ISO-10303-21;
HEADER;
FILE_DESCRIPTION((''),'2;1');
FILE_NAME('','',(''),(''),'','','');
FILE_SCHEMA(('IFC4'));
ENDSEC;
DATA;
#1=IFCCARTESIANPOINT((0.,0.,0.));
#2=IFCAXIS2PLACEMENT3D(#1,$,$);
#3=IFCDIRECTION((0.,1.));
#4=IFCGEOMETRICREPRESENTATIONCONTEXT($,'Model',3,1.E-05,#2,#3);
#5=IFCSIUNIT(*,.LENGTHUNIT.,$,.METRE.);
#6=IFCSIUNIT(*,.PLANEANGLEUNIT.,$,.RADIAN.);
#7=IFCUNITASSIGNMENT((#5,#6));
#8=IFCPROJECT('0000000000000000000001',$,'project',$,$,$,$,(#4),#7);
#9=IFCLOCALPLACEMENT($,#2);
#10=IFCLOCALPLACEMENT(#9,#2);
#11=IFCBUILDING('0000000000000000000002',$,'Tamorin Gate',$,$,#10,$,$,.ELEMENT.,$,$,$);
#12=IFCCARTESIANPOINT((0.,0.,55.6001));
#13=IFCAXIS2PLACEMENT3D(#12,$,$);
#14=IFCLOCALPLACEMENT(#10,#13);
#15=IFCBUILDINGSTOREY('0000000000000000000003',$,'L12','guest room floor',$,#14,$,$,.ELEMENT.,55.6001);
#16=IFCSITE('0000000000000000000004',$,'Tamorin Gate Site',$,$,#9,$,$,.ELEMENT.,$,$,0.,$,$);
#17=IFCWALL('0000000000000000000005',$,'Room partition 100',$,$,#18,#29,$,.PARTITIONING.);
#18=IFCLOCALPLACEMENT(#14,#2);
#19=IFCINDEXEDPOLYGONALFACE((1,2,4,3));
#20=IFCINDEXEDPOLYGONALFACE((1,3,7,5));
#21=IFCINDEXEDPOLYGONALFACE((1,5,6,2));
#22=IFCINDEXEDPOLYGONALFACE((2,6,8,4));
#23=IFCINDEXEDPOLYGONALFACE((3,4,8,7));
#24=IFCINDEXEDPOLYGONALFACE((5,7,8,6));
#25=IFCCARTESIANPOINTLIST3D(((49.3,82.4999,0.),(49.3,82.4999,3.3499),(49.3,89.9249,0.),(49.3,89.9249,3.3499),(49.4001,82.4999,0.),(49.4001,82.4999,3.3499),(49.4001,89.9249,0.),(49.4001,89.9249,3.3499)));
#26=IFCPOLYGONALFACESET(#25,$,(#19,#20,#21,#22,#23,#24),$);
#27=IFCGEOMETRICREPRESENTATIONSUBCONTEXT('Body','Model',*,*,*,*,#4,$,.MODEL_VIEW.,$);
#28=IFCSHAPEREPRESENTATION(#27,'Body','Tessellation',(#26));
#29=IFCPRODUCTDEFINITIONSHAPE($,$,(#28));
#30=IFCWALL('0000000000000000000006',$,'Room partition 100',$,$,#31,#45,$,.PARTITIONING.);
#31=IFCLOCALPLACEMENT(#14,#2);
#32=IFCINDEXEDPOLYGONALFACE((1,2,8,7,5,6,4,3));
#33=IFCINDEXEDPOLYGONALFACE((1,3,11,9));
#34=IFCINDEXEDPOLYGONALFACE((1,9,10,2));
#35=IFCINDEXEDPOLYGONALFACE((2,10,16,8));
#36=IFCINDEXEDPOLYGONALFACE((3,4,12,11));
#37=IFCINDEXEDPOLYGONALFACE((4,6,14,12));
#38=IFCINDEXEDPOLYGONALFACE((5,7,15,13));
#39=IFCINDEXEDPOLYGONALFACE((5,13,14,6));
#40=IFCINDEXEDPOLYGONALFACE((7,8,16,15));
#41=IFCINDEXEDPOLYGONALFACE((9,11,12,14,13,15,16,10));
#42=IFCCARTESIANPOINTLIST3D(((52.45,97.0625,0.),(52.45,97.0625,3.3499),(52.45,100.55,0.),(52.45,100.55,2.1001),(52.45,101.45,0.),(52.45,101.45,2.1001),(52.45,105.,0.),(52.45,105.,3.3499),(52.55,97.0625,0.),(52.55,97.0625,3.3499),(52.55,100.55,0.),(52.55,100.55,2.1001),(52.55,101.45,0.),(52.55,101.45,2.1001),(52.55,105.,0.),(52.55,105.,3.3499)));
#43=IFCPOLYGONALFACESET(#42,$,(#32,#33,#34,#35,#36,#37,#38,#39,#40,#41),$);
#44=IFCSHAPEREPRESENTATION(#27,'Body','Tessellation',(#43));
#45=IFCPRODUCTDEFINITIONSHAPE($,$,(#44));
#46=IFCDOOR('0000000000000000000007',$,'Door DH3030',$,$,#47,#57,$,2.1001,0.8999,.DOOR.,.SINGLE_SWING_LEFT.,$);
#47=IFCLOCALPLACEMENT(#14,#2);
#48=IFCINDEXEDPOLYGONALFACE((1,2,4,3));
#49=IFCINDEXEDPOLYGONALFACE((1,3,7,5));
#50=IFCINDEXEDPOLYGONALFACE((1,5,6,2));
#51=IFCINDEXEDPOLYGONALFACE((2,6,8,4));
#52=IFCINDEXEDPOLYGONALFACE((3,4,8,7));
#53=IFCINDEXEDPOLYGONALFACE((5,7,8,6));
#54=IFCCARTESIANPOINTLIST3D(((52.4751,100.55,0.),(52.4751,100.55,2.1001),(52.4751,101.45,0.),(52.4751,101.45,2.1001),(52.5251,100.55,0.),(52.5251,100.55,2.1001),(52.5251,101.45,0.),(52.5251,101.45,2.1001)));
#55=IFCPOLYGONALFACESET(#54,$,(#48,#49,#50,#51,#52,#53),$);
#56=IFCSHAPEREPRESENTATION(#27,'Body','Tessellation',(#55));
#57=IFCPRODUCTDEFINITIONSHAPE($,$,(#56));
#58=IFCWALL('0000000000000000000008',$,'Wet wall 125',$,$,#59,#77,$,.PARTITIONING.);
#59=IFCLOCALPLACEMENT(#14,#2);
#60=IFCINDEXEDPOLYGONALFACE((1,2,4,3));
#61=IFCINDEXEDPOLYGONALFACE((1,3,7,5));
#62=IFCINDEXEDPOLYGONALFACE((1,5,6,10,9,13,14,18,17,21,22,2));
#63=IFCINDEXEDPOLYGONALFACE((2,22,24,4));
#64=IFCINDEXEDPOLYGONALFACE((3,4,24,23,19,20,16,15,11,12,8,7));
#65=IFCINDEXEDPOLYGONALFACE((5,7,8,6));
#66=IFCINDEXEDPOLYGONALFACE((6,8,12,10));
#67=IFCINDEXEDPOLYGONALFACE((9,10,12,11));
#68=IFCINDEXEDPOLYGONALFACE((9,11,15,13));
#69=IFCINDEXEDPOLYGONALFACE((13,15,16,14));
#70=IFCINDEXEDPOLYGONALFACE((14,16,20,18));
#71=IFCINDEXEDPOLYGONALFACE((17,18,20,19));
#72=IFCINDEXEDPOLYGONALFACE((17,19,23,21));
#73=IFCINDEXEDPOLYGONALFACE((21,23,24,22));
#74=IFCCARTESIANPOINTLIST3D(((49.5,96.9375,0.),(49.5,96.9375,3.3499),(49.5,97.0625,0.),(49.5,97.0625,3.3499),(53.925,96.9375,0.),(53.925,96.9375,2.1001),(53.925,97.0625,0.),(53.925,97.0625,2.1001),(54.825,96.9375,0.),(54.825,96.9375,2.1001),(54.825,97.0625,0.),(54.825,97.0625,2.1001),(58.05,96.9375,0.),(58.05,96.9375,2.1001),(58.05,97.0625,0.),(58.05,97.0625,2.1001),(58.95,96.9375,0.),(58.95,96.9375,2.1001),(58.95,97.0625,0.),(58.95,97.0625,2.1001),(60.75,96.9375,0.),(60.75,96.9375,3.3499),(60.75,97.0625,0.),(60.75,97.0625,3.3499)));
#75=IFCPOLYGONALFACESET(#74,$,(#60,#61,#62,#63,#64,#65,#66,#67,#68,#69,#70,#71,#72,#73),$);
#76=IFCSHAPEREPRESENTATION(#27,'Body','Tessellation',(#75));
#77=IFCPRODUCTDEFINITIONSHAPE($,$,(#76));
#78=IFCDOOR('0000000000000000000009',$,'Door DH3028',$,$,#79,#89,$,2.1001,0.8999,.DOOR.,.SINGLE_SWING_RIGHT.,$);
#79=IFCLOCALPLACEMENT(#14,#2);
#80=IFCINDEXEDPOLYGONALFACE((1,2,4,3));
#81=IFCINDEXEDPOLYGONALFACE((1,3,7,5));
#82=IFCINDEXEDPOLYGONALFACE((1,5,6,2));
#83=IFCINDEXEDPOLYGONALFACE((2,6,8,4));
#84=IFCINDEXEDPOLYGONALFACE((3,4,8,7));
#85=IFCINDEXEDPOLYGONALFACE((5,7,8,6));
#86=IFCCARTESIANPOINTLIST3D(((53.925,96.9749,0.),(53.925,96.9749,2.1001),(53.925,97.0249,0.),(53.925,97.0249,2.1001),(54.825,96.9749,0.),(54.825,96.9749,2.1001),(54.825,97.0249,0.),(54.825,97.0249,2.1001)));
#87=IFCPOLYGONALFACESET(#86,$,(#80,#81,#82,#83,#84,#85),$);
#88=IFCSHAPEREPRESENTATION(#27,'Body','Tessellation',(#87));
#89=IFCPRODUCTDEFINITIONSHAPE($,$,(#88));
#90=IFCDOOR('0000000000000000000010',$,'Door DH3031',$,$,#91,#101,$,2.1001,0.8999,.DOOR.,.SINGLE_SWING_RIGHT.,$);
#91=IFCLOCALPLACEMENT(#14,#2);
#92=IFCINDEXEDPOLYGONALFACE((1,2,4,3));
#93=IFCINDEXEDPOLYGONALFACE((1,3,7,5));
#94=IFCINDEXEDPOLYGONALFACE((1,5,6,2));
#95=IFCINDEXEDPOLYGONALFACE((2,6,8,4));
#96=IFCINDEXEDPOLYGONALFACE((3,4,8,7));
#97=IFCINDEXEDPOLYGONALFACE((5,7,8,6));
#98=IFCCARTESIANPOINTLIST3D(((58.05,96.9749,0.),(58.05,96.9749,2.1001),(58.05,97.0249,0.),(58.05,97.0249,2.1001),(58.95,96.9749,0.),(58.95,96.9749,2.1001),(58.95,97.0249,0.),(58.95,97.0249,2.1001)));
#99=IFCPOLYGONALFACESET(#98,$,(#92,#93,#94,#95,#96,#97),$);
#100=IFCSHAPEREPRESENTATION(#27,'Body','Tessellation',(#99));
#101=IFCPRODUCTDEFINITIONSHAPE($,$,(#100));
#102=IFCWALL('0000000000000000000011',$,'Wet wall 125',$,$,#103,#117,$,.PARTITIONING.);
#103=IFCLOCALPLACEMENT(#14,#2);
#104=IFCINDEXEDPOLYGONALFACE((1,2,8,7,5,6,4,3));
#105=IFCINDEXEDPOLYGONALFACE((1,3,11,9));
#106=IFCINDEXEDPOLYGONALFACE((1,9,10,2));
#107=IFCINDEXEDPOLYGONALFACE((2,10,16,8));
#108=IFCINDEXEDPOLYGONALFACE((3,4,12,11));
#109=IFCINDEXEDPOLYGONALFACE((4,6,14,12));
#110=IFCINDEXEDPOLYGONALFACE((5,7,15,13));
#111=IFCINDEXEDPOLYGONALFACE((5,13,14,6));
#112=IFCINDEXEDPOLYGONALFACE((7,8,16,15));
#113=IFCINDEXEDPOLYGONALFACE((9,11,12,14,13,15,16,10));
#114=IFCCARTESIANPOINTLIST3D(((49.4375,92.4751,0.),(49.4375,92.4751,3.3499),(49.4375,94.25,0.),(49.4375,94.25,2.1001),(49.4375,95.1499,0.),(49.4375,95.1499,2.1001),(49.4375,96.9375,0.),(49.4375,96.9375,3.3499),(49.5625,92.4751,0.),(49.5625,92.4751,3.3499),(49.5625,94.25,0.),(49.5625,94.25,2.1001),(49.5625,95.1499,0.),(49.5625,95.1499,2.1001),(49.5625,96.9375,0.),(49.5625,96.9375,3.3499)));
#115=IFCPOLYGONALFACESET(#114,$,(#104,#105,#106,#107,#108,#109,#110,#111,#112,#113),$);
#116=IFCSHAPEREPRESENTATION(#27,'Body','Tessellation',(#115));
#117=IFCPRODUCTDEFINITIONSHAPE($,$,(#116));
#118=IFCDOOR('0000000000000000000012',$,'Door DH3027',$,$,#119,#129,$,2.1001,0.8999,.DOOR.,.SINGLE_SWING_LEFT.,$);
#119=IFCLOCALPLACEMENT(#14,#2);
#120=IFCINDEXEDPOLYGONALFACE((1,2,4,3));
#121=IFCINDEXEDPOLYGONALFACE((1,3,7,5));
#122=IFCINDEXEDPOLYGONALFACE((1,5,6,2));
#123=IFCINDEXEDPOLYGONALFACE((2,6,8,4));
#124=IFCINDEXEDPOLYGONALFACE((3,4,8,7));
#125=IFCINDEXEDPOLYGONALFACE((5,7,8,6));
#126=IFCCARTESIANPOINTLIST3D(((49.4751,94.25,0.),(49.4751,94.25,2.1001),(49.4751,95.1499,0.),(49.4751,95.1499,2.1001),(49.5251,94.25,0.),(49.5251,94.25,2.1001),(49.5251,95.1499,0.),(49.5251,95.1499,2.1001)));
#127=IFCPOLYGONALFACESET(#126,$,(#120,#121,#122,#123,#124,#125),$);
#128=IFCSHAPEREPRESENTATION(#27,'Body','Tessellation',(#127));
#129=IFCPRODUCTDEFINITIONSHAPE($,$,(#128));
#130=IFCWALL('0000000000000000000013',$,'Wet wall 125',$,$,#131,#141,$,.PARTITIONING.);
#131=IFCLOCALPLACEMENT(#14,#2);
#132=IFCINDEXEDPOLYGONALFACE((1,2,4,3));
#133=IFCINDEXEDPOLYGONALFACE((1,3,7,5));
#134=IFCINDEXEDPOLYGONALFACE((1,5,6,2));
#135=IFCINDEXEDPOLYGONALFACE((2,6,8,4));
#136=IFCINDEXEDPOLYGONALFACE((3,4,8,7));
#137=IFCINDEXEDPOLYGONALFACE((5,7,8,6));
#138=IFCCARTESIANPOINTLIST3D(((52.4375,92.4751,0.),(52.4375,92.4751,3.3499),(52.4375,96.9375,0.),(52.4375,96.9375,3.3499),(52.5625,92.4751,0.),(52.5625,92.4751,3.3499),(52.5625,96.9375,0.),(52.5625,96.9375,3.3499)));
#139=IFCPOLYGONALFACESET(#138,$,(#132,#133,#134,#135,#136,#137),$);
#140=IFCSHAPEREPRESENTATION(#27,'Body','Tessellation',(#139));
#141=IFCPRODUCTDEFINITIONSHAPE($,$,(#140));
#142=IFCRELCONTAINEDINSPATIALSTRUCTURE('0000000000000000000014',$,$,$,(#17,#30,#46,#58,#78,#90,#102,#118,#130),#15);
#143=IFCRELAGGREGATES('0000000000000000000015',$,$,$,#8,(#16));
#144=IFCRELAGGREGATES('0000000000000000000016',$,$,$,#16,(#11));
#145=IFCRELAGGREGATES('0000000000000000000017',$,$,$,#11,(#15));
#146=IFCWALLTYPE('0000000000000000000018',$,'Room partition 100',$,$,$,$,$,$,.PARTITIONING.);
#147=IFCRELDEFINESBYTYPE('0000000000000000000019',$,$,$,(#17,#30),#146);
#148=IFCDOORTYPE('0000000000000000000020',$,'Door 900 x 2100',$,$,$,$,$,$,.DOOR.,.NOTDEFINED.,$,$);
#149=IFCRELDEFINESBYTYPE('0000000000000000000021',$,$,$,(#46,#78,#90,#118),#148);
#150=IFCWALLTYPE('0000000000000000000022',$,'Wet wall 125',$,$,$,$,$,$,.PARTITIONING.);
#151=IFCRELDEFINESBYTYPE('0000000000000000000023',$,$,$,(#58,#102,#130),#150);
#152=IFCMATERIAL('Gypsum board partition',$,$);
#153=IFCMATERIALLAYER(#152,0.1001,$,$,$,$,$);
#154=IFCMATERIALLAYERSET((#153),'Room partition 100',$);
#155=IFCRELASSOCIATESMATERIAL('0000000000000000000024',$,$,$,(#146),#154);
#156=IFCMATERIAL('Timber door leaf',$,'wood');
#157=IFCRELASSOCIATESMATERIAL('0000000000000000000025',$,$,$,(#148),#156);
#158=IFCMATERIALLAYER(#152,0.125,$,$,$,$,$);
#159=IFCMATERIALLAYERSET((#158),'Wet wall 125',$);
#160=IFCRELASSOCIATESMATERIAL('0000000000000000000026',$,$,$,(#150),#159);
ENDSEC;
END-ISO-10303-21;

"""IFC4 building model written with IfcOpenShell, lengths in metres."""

from ifc_helpers import new_model, si_unit, direction, frame, frame_2d, origin, place, context, subcontext, project, spatial, rectangle, extrude, material, layer, layer_set, type_object, element, fill, save


model = new_model("IFC4")

# Units and contexts
model_context = context("Model", 3, precision=1e-05, world=origin(), true_north=direction((0.0, 1.0)))
body_context = subcontext(model_context, "Body", "Model", "MODEL_VIEW")
ifc_project = project(units=[si_unit("LENGTHUNIT", "METRE"), si_unit("PLANEANGLEUNIT", "RADIAN")], contexts=[model_context])

# Site, building, storey
site_placement = place(None, origin())
site = spatial("IfcSite", under=ifc_project, at=site_placement, Name="Tamorin Gate Site", CompositionType="ELEMENT", RefElevation=0.0)
building_placement = place(site_placement, origin())
building = spatial("IfcBuilding", under=site, at=building_placement, Name="Tamorin Gate", CompositionType="ELEMENT")
storey_placement = place(building_placement, frame((0.0, 0.0, 55.6001)))
storey = spatial("IfcBuildingStorey", under=building, at=storey_placement, Name="L12", Description="guest room floor", CompositionType="ELEMENT", Elevation=55.6001)

# Wall
ifc_material_1 = material(Name="Gypsum board partition")
ifc_layer_1 = layer(ifc_material_1, 0.1001)
ifc_layer_set_1 = layer_set([ifc_layer_1], Name="Room partition 100")
wall_type_1 = type_object("IfcWallType", Name="Room partition 100", PredefinedType="PARTITIONING", material=ifc_layer_set_1)
wall_1_placement = place(storey_placement, frame((49.3501, 82.5, 0.0), z_axis=(0.0, 0.0, 1.0), x_axis=(0.0, 1.0, 0.0)))
element("IfcWall", 1, at=wall_1_placement, inside=storey, type_object=wall_type_1, Name="Room partition 100", PredefinedType="PARTITIONING", context=body_context, shape_type="SweptSolid", body=[
    extrude(rectangle(XDim=7.425, YDim=0.1001, at=frame_2d((3.7124, 0.0))), origin(), (0.0, 0.0, 1.0), 3.3499),
])

# Wall, opening, door
wall_2_placement = place(storey_placement, frame((52.5, 97.0625, 0.0), z_axis=(0.0, 0.0, 1.0), x_axis=(0.0, 1.0, 0.0)))
wall_2 = element("IfcWall", 2, at=wall_2_placement, inside=storey, type_object=wall_type_1, Name="Room partition 100", PredefinedType="PARTITIONING", context=body_context, shape_type="SweptSolid", body=[
    extrude(rectangle(XDim=7.9375, YDim=0.1001, at=frame_2d((3.9688, 0.0))), origin(), (0.0, 0.0, 1.0), 3.3499),
])
opening_1_placement = place(wall_2_placement, frame((3.4875, 0.0, 0.0)))
opening_1 = element("IfcOpeningElement", 3, at=opening_1_placement, cuts=wall_2, PredefinedType="OPENING", context=body_context, shape_type="SweptSolid", body=[
    extrude(rectangle(XDim=0.8999, YDim=2.1001, at=frame_2d((0.45, 1.05))), frame((0.0, 0.0601, 0.0), z_axis=(0.0, -1.0, 0.0), x_axis=(1.0, 0.0, 0.0)), (0.0, 0.0, 1.0), 0.1201),
])
ifc_material_2 = material(Name="Timber door leaf", Category="wood")
door_type = type_object("IfcDoorType", Name="Door 900 x 2100", OperationType="NOTDEFINED", PredefinedType="DOOR", material=ifc_material_2)
door_1_placement = place(opening_1_placement, origin())
door_1 = element("IfcDoor", 4, at=door_1_placement, inside=storey, type_object=door_type, Name="Door DH3030", OperationType="SINGLE_SWING_LEFT", OverallHeight=2.1001, OverallWidth=0.8999, PredefinedType="DOOR", context=body_context, shape_type="SweptSolid", body=[
    extrude(rectangle(XDim=0.8999, YDim=2.1001, at=frame_2d((0.45, 1.05))), frame((0.0, 0.0249, 0.0), z_axis=(0.0, -1.0, 0.0), x_axis=(1.0, 0.0, 0.0)), (0.0, 0.0, 1.0), 0.05),
])
fill(opening_1, door_1)

# Wall, openings, doors
ifc_layer_2 = layer(ifc_material_1, 0.125)
ifc_layer_set_2 = layer_set([ifc_layer_2], Name="Wet wall 125")
wall_type_2 = type_object("IfcWallType", Name="Wet wall 125", PredefinedType="PARTITIONING", material=ifc_layer_set_2)
wall_3_placement = place(storey_placement, frame((49.5, 97.0, 0.0), z_axis=(0.0, 0.0, 1.0), x_axis=(1.0, 0.0, 0.0)))
wall_3 = element("IfcWall", 5, at=wall_3_placement, inside=storey, type_object=wall_type_2, Name="Wet wall 125", PredefinedType="PARTITIONING", context=body_context, shape_type="SweptSolid", body=[
    extrude(rectangle(XDim=11.25, YDim=0.125, at=frame_2d((5.625, 0.0))), origin(), (0.0, 0.0, 1.0), 3.3499),
])
opening_2_placement = place(wall_3_placement, frame((4.425, 0.0, 0.0)))
opening_2 = element("IfcOpeningElement", 6, at=opening_2_placement, cuts=wall_3, PredefinedType="OPENING", context=body_context, shape_type="SweptSolid", body=[
    extrude(rectangle(XDim=0.8999, YDim=2.1001, at=frame_2d((0.45, 1.05))), frame((0.0, 0.0725, 0.0), z_axis=(0.0, -1.0, 0.0), x_axis=(1.0, 0.0, 0.0)), (0.0, 0.0, 1.0), 0.145),
])
opening_3_placement = place(wall_3_placement, frame((8.55, 0.0, 0.0)))
opening_3 = element("IfcOpeningElement", 7, at=opening_3_placement, cuts=wall_3, PredefinedType="OPENING", context=body_context, shape_type="SweptSolid", body=[
    extrude(rectangle(XDim=0.8999, YDim=2.1001, at=frame_2d((0.45, 1.05))), frame((0.0, 0.0725, 0.0), z_axis=(0.0, -1.0, 0.0), x_axis=(1.0, 0.0, 0.0)), (0.0, 0.0, 1.0), 0.145),
])
door_2_placement = place(opening_2_placement, origin())
door_2 = element("IfcDoor", 8, at=door_2_placement, inside=storey, type_object=door_type, Name="Door DH3028", OperationType="SINGLE_SWING_RIGHT", OverallHeight=2.1001, OverallWidth=0.8999, PredefinedType="DOOR", context=body_context, shape_type="SweptSolid", body=[
    extrude(rectangle(XDim=0.8999, YDim=2.1001, at=frame_2d((0.45, 1.05))), frame((0.0, 0.0249, 0.0), z_axis=(0.0, -1.0, 0.0), x_axis=(1.0, 0.0, 0.0)), (0.0, 0.0, 1.0), 0.05),
])
fill(opening_2, door_2)
door_3_placement = place(opening_3_placement, origin())
door_3 = element("IfcDoor", 9, at=door_3_placement, inside=storey, type_object=door_type, Name="Door DH3031", OperationType="SINGLE_SWING_RIGHT", OverallHeight=2.1001, OverallWidth=0.8999, PredefinedType="DOOR", context=body_context, shape_type="SweptSolid", body=[
    extrude(rectangle(XDim=0.8999, YDim=2.1001, at=frame_2d((0.45, 1.05))), frame((0.0, 0.0249, 0.0), z_axis=(0.0, -1.0, 0.0), x_axis=(1.0, 0.0, 0.0)), (0.0, 0.0, 1.0), 0.05),
])
fill(opening_3, door_3)

# Wall, opening, door
wall_4_placement = place(storey_placement, frame((49.5, 92.4751, 0.0), z_axis=(0.0, 0.0, 1.0), x_axis=(0.0, 1.0, 0.0)))
wall_4 = element("IfcWall", 10, at=wall_4_placement, inside=storey, type_object=wall_type_2, Name="Wet wall 125", PredefinedType="PARTITIONING", context=body_context, shape_type="SweptSolid", body=[
    extrude(rectangle(XDim=4.4624, YDim=0.125, at=frame_2d((2.2312, 0.0))), origin(), (0.0, 0.0, 1.0), 3.3499),
])
opening_4_placement = place(wall_4_placement, frame((1.7749, 0.0, 0.0)))
opening_4 = element("IfcOpeningElement", 11, at=opening_4_placement, cuts=wall_4, PredefinedType="OPENING", context=body_context, shape_type="SweptSolid", body=[
    extrude(rectangle(XDim=0.8999, YDim=2.1001, at=frame_2d((0.45, 1.05))), frame((0.0, 0.0725, 0.0), z_axis=(0.0, -1.0, 0.0), x_axis=(1.0, 0.0, 0.0)), (0.0, 0.0, 1.0), 0.145),
])
door_4_placement = place(opening_4_placement, origin())
door_4 = element("IfcDoor", 12, at=door_4_placement, inside=storey, type_object=door_type, Name="Door DH3027", OperationType="SINGLE_SWING_LEFT", OverallHeight=2.1001, OverallWidth=0.8999, PredefinedType="DOOR", context=body_context, shape_type="SweptSolid", body=[
    extrude(rectangle(XDim=0.8999, YDim=2.1001, at=frame_2d((0.45, 1.05))), frame((0.0, 0.0249, 0.0), z_axis=(0.0, -1.0, 0.0), x_axis=(1.0, 0.0, 0.0)), (0.0, 0.0, 1.0), 0.05),
])
fill(opening_4, door_4)

# Wall
wall_5_placement = place(storey_placement, frame((52.5, 92.4751, 0.0), z_axis=(0.0, 0.0, 1.0), x_axis=(0.0, 1.0, 0.0)))
element("IfcWall", 13, at=wall_5_placement, inside=storey, type_object=wall_type_2, Name="Wet wall 125", PredefinedType="PARTITIONING", context=body_context, shape_type="SweptSolid", body=[
    extrude(rectangle(XDim=4.4624, YDim=0.125, at=frame_2d((2.2312, 0.0))), origin(), (0.0, 0.0, 1.0), 3.3499),
])

save(model, "model.ifc")
